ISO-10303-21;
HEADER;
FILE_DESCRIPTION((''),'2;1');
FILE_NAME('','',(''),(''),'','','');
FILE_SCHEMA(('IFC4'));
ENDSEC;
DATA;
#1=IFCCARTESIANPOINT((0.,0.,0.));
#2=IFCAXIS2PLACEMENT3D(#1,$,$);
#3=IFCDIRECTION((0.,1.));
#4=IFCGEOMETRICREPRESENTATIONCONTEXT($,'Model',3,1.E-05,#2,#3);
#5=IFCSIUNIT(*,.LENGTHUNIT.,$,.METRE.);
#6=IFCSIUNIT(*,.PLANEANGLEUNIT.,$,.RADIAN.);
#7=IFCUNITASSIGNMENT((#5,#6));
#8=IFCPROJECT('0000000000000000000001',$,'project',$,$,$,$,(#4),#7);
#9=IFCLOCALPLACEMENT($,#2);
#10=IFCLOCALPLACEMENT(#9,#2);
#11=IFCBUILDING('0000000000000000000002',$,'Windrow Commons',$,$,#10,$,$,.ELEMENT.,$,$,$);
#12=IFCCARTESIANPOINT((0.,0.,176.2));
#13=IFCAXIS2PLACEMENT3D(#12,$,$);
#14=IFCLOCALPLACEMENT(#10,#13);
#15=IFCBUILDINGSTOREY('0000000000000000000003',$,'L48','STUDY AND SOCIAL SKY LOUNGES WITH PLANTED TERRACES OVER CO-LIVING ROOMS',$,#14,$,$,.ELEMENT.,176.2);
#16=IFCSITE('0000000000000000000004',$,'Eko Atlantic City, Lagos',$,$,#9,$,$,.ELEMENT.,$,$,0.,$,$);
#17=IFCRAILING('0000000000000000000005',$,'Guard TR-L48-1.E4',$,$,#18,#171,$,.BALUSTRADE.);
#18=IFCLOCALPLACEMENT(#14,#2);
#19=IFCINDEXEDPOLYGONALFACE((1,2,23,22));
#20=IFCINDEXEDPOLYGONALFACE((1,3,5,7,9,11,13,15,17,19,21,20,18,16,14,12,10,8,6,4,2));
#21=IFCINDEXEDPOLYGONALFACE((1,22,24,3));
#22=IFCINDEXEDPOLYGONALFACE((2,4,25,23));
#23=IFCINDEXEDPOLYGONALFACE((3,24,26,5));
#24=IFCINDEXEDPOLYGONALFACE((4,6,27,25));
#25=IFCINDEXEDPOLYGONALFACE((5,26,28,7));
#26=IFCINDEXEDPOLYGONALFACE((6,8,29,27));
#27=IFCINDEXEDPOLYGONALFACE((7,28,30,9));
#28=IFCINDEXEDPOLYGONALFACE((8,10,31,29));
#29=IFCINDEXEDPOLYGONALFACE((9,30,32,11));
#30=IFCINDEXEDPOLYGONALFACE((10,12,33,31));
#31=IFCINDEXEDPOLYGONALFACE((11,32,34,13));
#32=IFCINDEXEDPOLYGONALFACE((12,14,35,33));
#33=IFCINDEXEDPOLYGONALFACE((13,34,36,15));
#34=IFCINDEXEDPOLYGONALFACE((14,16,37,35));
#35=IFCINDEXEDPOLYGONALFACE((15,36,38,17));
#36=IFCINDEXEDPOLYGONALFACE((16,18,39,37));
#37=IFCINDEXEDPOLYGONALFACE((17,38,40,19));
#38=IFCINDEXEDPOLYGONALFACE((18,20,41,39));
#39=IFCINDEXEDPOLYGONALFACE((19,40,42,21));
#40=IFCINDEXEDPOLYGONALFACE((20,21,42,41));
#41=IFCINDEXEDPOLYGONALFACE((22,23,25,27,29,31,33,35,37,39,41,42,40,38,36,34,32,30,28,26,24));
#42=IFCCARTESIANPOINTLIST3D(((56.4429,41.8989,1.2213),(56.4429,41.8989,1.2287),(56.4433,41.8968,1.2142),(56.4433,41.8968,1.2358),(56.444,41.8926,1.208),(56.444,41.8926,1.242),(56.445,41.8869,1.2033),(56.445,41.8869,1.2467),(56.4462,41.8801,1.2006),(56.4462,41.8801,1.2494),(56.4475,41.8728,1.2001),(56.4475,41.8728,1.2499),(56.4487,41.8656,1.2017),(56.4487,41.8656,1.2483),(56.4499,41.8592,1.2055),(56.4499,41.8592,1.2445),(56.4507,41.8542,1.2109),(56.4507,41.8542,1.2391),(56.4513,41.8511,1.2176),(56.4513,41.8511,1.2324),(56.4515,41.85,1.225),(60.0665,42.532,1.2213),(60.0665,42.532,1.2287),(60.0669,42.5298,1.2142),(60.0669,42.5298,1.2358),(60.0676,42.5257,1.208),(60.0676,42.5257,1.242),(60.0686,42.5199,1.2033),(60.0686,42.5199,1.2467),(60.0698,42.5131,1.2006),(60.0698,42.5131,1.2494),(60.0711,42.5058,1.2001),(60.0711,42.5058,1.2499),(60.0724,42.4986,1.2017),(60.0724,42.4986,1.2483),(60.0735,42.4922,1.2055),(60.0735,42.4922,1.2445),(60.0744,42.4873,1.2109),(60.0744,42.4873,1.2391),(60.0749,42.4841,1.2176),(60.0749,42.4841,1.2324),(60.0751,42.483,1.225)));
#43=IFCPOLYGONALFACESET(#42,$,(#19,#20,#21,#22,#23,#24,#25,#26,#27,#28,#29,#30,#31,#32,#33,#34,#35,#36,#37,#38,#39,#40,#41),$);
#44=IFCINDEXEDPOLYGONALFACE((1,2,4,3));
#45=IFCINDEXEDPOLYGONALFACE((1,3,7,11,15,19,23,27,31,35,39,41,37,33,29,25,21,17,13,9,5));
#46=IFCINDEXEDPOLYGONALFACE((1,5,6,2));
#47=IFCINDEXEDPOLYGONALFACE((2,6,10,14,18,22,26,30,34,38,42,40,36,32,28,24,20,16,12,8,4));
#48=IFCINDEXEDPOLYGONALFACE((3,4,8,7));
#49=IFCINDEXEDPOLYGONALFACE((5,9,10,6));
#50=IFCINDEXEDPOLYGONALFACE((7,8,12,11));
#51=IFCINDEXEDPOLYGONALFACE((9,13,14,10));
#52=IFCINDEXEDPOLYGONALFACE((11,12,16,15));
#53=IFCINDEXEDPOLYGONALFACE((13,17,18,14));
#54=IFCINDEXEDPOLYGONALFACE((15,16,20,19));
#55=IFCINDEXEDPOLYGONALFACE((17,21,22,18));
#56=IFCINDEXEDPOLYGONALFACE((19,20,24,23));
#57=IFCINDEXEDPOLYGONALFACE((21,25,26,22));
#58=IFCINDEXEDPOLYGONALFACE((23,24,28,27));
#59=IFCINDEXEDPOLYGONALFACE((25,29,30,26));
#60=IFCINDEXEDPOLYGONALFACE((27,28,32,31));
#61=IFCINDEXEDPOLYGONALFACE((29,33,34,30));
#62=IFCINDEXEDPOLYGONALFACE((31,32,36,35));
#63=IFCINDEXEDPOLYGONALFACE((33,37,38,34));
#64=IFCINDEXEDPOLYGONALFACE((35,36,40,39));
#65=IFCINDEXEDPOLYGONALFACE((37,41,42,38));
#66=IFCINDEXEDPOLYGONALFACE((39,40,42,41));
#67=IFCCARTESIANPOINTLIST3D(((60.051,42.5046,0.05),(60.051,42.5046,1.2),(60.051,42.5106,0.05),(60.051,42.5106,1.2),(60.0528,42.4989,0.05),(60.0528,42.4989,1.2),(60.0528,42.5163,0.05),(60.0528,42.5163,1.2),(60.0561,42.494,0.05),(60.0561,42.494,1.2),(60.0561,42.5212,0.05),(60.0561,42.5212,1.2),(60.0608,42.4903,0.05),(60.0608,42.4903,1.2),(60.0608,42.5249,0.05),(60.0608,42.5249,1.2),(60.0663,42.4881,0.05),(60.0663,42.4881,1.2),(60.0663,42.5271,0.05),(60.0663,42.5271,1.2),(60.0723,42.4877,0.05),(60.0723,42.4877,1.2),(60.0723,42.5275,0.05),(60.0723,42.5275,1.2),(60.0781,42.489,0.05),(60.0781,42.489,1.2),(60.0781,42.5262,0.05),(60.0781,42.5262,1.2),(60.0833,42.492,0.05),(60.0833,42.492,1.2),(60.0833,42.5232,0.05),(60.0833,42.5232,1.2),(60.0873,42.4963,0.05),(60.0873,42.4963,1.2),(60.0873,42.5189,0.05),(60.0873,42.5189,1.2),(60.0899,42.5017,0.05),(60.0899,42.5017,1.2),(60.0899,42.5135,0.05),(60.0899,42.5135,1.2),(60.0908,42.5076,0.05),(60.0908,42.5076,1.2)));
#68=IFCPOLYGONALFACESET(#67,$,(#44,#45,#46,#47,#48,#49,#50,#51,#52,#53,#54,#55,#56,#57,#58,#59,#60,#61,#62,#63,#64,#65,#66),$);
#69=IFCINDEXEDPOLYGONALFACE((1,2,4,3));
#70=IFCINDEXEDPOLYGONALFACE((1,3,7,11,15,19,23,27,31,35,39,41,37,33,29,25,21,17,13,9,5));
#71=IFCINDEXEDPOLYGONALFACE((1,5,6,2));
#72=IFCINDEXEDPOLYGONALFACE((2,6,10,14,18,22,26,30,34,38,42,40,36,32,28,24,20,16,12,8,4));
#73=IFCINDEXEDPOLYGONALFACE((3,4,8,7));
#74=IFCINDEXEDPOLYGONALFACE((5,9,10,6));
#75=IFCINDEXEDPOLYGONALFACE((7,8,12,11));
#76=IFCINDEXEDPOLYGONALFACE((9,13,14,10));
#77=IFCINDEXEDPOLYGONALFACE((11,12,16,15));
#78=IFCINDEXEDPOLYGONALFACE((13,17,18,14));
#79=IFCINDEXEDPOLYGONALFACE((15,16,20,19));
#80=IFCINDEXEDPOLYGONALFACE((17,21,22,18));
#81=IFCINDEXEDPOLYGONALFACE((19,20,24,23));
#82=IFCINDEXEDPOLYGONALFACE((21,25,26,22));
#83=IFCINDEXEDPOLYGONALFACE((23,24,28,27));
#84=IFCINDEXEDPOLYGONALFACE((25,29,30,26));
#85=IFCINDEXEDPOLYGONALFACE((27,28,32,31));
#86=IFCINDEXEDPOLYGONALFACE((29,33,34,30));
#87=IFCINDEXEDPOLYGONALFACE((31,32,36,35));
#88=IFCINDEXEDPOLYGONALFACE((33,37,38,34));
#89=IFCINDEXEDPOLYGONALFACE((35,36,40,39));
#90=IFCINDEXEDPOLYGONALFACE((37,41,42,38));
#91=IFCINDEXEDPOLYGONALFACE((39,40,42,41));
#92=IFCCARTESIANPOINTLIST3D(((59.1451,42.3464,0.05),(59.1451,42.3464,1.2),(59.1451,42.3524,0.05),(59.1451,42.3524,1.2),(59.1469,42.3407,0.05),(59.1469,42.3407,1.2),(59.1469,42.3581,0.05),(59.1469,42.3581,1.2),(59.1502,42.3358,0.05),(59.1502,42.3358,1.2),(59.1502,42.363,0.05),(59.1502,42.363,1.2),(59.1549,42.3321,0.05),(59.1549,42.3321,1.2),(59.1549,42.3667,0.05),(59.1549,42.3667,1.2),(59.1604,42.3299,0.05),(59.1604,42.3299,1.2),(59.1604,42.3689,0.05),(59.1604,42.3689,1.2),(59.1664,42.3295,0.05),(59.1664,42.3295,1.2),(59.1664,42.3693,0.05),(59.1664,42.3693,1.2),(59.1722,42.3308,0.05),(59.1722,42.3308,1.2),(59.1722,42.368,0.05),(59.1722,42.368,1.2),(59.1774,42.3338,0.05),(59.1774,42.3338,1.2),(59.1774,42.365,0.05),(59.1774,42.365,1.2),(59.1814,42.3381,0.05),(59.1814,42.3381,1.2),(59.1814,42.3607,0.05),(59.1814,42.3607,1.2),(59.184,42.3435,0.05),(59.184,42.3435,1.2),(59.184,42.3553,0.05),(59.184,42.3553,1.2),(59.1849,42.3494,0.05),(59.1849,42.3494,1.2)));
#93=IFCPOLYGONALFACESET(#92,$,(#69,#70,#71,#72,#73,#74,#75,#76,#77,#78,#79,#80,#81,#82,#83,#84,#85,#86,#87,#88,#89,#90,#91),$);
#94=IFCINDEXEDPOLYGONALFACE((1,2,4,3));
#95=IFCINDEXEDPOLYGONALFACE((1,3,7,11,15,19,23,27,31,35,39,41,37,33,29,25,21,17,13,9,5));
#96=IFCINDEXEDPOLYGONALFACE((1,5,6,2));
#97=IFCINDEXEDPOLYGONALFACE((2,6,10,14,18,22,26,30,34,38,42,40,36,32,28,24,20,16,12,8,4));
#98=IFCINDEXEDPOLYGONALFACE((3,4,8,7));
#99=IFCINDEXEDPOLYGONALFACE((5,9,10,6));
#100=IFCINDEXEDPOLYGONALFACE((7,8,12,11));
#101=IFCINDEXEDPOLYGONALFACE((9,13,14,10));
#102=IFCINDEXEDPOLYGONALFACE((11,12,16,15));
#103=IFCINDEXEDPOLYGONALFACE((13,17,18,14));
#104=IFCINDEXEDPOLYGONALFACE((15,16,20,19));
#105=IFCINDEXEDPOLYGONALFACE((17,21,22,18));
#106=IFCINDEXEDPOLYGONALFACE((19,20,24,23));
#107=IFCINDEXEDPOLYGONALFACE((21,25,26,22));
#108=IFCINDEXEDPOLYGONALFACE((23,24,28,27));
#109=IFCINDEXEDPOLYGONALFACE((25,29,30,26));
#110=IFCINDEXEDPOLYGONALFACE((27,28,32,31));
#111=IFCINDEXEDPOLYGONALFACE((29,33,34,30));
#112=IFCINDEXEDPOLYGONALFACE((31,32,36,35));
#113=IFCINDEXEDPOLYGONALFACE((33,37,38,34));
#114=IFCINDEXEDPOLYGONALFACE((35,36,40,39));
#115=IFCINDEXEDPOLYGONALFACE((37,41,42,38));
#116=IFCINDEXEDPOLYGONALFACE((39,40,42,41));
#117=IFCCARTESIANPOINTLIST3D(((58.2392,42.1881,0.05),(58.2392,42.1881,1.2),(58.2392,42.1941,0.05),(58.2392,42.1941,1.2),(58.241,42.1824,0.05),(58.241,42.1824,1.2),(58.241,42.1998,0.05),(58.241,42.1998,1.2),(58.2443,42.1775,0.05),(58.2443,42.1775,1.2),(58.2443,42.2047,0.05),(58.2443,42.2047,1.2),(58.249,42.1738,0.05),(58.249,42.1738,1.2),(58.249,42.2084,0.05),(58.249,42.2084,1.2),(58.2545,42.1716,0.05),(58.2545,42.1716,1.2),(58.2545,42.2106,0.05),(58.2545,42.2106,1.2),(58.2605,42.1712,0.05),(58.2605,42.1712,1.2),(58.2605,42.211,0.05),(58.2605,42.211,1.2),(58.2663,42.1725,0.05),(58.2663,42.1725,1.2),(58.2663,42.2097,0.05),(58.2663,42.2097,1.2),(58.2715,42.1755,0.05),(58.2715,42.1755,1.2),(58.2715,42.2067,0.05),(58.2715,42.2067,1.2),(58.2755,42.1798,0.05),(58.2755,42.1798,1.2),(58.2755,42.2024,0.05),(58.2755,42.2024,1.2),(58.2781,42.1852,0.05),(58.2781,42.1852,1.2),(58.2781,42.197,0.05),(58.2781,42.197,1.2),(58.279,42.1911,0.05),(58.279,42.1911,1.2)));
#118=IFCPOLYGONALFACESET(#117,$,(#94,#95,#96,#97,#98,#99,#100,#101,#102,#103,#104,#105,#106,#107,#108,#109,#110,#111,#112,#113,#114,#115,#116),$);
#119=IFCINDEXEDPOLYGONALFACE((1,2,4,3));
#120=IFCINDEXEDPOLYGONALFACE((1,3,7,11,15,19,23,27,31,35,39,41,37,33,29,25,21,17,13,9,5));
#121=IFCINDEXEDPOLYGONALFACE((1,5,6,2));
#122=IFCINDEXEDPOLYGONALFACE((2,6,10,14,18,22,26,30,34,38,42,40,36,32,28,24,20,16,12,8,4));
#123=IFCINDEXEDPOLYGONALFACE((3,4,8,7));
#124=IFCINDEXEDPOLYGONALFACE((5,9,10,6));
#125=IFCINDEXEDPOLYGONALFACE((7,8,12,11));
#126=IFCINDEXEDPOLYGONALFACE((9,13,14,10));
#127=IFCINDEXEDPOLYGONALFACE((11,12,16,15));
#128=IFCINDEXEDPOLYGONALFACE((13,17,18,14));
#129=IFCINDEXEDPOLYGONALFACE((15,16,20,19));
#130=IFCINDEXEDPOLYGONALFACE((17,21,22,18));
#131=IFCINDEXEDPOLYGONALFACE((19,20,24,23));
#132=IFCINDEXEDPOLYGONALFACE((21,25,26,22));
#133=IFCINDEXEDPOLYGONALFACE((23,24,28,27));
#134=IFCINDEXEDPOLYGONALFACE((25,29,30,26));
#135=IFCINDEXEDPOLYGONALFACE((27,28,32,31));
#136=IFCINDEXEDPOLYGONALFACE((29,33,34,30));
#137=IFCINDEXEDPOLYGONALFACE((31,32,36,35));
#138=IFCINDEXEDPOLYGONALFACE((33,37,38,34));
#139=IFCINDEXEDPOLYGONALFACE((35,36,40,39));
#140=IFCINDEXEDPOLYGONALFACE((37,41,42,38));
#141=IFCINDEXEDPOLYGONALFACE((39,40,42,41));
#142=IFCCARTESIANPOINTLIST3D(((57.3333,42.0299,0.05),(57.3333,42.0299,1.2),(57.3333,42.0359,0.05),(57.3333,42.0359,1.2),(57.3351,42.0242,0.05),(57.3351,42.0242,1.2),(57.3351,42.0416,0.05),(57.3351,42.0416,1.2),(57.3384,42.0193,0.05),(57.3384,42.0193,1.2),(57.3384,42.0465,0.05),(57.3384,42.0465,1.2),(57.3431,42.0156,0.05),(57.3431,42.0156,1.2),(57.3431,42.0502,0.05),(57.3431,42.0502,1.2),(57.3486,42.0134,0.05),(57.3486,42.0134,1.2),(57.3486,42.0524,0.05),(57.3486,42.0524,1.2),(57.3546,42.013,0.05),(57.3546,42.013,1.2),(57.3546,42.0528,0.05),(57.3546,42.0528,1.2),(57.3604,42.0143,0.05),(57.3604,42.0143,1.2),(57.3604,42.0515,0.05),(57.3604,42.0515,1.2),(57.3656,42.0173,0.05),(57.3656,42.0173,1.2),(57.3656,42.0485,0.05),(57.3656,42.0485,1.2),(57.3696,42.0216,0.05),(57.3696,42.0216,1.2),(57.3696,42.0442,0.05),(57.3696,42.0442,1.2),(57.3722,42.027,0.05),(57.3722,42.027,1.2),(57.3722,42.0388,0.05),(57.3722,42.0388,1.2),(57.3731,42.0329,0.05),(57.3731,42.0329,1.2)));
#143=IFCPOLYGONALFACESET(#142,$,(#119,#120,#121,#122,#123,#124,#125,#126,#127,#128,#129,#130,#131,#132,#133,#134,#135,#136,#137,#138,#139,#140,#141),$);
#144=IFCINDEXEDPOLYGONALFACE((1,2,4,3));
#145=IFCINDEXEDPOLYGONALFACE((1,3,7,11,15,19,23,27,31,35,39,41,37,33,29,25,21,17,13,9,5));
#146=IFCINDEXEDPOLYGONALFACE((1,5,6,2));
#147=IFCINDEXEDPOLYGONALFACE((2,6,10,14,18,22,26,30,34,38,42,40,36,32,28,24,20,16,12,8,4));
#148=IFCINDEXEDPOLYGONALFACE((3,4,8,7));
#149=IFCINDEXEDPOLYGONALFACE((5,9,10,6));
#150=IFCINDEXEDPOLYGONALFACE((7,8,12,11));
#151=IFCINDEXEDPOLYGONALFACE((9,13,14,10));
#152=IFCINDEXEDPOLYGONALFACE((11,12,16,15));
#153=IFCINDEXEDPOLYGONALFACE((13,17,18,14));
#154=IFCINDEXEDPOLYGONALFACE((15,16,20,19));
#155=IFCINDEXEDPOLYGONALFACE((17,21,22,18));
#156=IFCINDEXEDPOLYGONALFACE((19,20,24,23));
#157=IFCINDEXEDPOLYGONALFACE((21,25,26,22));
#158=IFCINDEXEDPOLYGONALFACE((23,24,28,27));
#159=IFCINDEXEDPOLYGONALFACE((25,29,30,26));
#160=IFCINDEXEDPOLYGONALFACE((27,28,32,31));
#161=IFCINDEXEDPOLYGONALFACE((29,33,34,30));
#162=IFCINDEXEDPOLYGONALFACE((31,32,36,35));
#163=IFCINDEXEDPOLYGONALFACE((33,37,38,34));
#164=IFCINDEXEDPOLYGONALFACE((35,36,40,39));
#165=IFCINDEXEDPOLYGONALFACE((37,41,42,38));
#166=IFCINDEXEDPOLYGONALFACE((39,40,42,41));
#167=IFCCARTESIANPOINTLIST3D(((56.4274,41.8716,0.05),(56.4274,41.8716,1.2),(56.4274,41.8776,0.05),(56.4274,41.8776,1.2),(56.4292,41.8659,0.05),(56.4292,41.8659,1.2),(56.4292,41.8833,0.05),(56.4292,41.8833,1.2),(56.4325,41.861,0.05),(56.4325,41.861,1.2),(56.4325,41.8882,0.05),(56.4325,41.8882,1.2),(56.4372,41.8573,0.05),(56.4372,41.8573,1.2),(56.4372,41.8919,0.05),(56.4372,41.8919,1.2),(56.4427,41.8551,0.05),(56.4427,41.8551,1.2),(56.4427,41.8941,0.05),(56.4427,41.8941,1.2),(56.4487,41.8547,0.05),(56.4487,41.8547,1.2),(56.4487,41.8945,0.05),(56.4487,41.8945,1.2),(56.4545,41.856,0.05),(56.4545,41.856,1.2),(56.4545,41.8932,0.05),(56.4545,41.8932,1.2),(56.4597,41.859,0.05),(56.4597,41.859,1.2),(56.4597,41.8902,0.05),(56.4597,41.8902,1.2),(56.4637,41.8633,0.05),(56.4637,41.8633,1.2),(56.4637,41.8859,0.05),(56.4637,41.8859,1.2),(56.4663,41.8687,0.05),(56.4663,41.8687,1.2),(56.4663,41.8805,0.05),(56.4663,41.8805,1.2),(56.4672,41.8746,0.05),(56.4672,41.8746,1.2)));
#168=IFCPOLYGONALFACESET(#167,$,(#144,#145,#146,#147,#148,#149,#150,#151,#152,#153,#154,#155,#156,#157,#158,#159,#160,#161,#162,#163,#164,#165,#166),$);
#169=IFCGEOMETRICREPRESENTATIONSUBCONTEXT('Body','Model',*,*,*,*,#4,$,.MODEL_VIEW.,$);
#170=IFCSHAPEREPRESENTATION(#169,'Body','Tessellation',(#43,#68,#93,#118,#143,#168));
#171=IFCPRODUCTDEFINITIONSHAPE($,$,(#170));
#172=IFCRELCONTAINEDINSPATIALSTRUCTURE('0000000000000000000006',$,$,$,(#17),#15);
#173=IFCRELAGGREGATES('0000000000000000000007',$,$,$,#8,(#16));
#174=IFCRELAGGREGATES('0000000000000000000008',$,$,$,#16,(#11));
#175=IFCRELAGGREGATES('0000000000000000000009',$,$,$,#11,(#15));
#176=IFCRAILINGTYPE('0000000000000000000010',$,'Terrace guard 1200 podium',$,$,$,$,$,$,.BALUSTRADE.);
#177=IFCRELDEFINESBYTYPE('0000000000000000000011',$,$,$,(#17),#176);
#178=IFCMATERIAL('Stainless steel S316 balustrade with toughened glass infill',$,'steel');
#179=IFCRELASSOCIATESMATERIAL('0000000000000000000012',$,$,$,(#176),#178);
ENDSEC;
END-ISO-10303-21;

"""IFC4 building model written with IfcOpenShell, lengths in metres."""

from ifc_helpers import new_model, si_unit, direction, frame, origin, origin_2d, place, context, subcontext, project, spatial, circle, extrude, material, type_object, element, save


model = new_model("IFC4")

# Units and contexts
model_context = context("Model", 3, precision=1e-05, world=origin(), true_north=direction((0.0, 1.0)))
body_context = subcontext(model_context, "Body", "Model", "MODEL_VIEW")
ifc_project = project(units=[si_unit("LENGTHUNIT", "METRE"), si_unit("PLANEANGLEUNIT", "RADIAN")], contexts=[model_context])

# Site, building, storey
site_placement = place(None, origin())
site = spatial("IfcSite", under=ifc_project, at=site_placement, Name="Eko Atlantic City, Lagos", CompositionType="ELEMENT", RefElevation=0.0)
building_placement = place(site_placement, origin())
building = spatial("IfcBuilding", under=site, at=building_placement, Name="Windrow Commons", CompositionType="ELEMENT")
storey_placement = place(building_placement, frame((0.0, 0.0, 176.2)))
storey = spatial("IfcBuildingStorey", under=building, at=storey_placement, Name="L48", Description="STUDY AND SOCIAL SKY LOUNGES WITH PLANTED TERRACES OVER CO-LIVING ROOMS", CompositionType="ELEMENT", Elevation=176.2)

# Railing
ifc_material_1 = material(Name="Stainless steel S316 balustrade with toughened glass infill", Category="steel")
railing_type = type_object("IfcRailingType", Name="Terrace guard 1200 podium", PredefinedType="BALUSTRADE", material=ifc_material_1)
railing_1_placement = place(storey_placement, frame((60.0708, 42.5076, 0.05)))
element("IfcRailing", 1, at=railing_1_placement, inside=storey, type_object=railing_type, Name="Guard TR-L48-1.E4", PredefinedType="BALUSTRADE", context=body_context, shape_type="SweptSolid", body=[
    extrude(circle(Radius=0.025, at=origin_2d()), frame((0.0, 0.0, 1.175), z_axis=(-0.985083, -0.172082, 0.0), x_axis=(0.172082, -0.985083, 0.0)), (0.0, 0.0, 1.0), 3.6785),
    extrude(circle(Radius=0.02, at=origin_2d()), origin(), (0.0, 0.0, 1.0), 1.15),
    extrude(circle(Radius=0.02, at=origin_2d()), frame((-0.9059, -0.1582, 0.0)), (0.0, 0.0, 1.0), 1.15),
    extrude(circle(Radius=0.02, at=origin_2d()), frame((-1.8118, -0.3165, 0.0)), (0.0, 0.0, 1.0), 1.15),
    extrude(circle(Radius=0.02, at=origin_2d()), frame((-2.7177, -0.4747, 0.0)), (0.0, 0.0, 1.0), 1.15),
    extrude(circle(Radius=0.02, at=origin_2d()), frame((-3.6236, -0.633, 0.0)), (0.0, 0.0, 1.0), 1.15),
])

save(model, "model.ifc")
